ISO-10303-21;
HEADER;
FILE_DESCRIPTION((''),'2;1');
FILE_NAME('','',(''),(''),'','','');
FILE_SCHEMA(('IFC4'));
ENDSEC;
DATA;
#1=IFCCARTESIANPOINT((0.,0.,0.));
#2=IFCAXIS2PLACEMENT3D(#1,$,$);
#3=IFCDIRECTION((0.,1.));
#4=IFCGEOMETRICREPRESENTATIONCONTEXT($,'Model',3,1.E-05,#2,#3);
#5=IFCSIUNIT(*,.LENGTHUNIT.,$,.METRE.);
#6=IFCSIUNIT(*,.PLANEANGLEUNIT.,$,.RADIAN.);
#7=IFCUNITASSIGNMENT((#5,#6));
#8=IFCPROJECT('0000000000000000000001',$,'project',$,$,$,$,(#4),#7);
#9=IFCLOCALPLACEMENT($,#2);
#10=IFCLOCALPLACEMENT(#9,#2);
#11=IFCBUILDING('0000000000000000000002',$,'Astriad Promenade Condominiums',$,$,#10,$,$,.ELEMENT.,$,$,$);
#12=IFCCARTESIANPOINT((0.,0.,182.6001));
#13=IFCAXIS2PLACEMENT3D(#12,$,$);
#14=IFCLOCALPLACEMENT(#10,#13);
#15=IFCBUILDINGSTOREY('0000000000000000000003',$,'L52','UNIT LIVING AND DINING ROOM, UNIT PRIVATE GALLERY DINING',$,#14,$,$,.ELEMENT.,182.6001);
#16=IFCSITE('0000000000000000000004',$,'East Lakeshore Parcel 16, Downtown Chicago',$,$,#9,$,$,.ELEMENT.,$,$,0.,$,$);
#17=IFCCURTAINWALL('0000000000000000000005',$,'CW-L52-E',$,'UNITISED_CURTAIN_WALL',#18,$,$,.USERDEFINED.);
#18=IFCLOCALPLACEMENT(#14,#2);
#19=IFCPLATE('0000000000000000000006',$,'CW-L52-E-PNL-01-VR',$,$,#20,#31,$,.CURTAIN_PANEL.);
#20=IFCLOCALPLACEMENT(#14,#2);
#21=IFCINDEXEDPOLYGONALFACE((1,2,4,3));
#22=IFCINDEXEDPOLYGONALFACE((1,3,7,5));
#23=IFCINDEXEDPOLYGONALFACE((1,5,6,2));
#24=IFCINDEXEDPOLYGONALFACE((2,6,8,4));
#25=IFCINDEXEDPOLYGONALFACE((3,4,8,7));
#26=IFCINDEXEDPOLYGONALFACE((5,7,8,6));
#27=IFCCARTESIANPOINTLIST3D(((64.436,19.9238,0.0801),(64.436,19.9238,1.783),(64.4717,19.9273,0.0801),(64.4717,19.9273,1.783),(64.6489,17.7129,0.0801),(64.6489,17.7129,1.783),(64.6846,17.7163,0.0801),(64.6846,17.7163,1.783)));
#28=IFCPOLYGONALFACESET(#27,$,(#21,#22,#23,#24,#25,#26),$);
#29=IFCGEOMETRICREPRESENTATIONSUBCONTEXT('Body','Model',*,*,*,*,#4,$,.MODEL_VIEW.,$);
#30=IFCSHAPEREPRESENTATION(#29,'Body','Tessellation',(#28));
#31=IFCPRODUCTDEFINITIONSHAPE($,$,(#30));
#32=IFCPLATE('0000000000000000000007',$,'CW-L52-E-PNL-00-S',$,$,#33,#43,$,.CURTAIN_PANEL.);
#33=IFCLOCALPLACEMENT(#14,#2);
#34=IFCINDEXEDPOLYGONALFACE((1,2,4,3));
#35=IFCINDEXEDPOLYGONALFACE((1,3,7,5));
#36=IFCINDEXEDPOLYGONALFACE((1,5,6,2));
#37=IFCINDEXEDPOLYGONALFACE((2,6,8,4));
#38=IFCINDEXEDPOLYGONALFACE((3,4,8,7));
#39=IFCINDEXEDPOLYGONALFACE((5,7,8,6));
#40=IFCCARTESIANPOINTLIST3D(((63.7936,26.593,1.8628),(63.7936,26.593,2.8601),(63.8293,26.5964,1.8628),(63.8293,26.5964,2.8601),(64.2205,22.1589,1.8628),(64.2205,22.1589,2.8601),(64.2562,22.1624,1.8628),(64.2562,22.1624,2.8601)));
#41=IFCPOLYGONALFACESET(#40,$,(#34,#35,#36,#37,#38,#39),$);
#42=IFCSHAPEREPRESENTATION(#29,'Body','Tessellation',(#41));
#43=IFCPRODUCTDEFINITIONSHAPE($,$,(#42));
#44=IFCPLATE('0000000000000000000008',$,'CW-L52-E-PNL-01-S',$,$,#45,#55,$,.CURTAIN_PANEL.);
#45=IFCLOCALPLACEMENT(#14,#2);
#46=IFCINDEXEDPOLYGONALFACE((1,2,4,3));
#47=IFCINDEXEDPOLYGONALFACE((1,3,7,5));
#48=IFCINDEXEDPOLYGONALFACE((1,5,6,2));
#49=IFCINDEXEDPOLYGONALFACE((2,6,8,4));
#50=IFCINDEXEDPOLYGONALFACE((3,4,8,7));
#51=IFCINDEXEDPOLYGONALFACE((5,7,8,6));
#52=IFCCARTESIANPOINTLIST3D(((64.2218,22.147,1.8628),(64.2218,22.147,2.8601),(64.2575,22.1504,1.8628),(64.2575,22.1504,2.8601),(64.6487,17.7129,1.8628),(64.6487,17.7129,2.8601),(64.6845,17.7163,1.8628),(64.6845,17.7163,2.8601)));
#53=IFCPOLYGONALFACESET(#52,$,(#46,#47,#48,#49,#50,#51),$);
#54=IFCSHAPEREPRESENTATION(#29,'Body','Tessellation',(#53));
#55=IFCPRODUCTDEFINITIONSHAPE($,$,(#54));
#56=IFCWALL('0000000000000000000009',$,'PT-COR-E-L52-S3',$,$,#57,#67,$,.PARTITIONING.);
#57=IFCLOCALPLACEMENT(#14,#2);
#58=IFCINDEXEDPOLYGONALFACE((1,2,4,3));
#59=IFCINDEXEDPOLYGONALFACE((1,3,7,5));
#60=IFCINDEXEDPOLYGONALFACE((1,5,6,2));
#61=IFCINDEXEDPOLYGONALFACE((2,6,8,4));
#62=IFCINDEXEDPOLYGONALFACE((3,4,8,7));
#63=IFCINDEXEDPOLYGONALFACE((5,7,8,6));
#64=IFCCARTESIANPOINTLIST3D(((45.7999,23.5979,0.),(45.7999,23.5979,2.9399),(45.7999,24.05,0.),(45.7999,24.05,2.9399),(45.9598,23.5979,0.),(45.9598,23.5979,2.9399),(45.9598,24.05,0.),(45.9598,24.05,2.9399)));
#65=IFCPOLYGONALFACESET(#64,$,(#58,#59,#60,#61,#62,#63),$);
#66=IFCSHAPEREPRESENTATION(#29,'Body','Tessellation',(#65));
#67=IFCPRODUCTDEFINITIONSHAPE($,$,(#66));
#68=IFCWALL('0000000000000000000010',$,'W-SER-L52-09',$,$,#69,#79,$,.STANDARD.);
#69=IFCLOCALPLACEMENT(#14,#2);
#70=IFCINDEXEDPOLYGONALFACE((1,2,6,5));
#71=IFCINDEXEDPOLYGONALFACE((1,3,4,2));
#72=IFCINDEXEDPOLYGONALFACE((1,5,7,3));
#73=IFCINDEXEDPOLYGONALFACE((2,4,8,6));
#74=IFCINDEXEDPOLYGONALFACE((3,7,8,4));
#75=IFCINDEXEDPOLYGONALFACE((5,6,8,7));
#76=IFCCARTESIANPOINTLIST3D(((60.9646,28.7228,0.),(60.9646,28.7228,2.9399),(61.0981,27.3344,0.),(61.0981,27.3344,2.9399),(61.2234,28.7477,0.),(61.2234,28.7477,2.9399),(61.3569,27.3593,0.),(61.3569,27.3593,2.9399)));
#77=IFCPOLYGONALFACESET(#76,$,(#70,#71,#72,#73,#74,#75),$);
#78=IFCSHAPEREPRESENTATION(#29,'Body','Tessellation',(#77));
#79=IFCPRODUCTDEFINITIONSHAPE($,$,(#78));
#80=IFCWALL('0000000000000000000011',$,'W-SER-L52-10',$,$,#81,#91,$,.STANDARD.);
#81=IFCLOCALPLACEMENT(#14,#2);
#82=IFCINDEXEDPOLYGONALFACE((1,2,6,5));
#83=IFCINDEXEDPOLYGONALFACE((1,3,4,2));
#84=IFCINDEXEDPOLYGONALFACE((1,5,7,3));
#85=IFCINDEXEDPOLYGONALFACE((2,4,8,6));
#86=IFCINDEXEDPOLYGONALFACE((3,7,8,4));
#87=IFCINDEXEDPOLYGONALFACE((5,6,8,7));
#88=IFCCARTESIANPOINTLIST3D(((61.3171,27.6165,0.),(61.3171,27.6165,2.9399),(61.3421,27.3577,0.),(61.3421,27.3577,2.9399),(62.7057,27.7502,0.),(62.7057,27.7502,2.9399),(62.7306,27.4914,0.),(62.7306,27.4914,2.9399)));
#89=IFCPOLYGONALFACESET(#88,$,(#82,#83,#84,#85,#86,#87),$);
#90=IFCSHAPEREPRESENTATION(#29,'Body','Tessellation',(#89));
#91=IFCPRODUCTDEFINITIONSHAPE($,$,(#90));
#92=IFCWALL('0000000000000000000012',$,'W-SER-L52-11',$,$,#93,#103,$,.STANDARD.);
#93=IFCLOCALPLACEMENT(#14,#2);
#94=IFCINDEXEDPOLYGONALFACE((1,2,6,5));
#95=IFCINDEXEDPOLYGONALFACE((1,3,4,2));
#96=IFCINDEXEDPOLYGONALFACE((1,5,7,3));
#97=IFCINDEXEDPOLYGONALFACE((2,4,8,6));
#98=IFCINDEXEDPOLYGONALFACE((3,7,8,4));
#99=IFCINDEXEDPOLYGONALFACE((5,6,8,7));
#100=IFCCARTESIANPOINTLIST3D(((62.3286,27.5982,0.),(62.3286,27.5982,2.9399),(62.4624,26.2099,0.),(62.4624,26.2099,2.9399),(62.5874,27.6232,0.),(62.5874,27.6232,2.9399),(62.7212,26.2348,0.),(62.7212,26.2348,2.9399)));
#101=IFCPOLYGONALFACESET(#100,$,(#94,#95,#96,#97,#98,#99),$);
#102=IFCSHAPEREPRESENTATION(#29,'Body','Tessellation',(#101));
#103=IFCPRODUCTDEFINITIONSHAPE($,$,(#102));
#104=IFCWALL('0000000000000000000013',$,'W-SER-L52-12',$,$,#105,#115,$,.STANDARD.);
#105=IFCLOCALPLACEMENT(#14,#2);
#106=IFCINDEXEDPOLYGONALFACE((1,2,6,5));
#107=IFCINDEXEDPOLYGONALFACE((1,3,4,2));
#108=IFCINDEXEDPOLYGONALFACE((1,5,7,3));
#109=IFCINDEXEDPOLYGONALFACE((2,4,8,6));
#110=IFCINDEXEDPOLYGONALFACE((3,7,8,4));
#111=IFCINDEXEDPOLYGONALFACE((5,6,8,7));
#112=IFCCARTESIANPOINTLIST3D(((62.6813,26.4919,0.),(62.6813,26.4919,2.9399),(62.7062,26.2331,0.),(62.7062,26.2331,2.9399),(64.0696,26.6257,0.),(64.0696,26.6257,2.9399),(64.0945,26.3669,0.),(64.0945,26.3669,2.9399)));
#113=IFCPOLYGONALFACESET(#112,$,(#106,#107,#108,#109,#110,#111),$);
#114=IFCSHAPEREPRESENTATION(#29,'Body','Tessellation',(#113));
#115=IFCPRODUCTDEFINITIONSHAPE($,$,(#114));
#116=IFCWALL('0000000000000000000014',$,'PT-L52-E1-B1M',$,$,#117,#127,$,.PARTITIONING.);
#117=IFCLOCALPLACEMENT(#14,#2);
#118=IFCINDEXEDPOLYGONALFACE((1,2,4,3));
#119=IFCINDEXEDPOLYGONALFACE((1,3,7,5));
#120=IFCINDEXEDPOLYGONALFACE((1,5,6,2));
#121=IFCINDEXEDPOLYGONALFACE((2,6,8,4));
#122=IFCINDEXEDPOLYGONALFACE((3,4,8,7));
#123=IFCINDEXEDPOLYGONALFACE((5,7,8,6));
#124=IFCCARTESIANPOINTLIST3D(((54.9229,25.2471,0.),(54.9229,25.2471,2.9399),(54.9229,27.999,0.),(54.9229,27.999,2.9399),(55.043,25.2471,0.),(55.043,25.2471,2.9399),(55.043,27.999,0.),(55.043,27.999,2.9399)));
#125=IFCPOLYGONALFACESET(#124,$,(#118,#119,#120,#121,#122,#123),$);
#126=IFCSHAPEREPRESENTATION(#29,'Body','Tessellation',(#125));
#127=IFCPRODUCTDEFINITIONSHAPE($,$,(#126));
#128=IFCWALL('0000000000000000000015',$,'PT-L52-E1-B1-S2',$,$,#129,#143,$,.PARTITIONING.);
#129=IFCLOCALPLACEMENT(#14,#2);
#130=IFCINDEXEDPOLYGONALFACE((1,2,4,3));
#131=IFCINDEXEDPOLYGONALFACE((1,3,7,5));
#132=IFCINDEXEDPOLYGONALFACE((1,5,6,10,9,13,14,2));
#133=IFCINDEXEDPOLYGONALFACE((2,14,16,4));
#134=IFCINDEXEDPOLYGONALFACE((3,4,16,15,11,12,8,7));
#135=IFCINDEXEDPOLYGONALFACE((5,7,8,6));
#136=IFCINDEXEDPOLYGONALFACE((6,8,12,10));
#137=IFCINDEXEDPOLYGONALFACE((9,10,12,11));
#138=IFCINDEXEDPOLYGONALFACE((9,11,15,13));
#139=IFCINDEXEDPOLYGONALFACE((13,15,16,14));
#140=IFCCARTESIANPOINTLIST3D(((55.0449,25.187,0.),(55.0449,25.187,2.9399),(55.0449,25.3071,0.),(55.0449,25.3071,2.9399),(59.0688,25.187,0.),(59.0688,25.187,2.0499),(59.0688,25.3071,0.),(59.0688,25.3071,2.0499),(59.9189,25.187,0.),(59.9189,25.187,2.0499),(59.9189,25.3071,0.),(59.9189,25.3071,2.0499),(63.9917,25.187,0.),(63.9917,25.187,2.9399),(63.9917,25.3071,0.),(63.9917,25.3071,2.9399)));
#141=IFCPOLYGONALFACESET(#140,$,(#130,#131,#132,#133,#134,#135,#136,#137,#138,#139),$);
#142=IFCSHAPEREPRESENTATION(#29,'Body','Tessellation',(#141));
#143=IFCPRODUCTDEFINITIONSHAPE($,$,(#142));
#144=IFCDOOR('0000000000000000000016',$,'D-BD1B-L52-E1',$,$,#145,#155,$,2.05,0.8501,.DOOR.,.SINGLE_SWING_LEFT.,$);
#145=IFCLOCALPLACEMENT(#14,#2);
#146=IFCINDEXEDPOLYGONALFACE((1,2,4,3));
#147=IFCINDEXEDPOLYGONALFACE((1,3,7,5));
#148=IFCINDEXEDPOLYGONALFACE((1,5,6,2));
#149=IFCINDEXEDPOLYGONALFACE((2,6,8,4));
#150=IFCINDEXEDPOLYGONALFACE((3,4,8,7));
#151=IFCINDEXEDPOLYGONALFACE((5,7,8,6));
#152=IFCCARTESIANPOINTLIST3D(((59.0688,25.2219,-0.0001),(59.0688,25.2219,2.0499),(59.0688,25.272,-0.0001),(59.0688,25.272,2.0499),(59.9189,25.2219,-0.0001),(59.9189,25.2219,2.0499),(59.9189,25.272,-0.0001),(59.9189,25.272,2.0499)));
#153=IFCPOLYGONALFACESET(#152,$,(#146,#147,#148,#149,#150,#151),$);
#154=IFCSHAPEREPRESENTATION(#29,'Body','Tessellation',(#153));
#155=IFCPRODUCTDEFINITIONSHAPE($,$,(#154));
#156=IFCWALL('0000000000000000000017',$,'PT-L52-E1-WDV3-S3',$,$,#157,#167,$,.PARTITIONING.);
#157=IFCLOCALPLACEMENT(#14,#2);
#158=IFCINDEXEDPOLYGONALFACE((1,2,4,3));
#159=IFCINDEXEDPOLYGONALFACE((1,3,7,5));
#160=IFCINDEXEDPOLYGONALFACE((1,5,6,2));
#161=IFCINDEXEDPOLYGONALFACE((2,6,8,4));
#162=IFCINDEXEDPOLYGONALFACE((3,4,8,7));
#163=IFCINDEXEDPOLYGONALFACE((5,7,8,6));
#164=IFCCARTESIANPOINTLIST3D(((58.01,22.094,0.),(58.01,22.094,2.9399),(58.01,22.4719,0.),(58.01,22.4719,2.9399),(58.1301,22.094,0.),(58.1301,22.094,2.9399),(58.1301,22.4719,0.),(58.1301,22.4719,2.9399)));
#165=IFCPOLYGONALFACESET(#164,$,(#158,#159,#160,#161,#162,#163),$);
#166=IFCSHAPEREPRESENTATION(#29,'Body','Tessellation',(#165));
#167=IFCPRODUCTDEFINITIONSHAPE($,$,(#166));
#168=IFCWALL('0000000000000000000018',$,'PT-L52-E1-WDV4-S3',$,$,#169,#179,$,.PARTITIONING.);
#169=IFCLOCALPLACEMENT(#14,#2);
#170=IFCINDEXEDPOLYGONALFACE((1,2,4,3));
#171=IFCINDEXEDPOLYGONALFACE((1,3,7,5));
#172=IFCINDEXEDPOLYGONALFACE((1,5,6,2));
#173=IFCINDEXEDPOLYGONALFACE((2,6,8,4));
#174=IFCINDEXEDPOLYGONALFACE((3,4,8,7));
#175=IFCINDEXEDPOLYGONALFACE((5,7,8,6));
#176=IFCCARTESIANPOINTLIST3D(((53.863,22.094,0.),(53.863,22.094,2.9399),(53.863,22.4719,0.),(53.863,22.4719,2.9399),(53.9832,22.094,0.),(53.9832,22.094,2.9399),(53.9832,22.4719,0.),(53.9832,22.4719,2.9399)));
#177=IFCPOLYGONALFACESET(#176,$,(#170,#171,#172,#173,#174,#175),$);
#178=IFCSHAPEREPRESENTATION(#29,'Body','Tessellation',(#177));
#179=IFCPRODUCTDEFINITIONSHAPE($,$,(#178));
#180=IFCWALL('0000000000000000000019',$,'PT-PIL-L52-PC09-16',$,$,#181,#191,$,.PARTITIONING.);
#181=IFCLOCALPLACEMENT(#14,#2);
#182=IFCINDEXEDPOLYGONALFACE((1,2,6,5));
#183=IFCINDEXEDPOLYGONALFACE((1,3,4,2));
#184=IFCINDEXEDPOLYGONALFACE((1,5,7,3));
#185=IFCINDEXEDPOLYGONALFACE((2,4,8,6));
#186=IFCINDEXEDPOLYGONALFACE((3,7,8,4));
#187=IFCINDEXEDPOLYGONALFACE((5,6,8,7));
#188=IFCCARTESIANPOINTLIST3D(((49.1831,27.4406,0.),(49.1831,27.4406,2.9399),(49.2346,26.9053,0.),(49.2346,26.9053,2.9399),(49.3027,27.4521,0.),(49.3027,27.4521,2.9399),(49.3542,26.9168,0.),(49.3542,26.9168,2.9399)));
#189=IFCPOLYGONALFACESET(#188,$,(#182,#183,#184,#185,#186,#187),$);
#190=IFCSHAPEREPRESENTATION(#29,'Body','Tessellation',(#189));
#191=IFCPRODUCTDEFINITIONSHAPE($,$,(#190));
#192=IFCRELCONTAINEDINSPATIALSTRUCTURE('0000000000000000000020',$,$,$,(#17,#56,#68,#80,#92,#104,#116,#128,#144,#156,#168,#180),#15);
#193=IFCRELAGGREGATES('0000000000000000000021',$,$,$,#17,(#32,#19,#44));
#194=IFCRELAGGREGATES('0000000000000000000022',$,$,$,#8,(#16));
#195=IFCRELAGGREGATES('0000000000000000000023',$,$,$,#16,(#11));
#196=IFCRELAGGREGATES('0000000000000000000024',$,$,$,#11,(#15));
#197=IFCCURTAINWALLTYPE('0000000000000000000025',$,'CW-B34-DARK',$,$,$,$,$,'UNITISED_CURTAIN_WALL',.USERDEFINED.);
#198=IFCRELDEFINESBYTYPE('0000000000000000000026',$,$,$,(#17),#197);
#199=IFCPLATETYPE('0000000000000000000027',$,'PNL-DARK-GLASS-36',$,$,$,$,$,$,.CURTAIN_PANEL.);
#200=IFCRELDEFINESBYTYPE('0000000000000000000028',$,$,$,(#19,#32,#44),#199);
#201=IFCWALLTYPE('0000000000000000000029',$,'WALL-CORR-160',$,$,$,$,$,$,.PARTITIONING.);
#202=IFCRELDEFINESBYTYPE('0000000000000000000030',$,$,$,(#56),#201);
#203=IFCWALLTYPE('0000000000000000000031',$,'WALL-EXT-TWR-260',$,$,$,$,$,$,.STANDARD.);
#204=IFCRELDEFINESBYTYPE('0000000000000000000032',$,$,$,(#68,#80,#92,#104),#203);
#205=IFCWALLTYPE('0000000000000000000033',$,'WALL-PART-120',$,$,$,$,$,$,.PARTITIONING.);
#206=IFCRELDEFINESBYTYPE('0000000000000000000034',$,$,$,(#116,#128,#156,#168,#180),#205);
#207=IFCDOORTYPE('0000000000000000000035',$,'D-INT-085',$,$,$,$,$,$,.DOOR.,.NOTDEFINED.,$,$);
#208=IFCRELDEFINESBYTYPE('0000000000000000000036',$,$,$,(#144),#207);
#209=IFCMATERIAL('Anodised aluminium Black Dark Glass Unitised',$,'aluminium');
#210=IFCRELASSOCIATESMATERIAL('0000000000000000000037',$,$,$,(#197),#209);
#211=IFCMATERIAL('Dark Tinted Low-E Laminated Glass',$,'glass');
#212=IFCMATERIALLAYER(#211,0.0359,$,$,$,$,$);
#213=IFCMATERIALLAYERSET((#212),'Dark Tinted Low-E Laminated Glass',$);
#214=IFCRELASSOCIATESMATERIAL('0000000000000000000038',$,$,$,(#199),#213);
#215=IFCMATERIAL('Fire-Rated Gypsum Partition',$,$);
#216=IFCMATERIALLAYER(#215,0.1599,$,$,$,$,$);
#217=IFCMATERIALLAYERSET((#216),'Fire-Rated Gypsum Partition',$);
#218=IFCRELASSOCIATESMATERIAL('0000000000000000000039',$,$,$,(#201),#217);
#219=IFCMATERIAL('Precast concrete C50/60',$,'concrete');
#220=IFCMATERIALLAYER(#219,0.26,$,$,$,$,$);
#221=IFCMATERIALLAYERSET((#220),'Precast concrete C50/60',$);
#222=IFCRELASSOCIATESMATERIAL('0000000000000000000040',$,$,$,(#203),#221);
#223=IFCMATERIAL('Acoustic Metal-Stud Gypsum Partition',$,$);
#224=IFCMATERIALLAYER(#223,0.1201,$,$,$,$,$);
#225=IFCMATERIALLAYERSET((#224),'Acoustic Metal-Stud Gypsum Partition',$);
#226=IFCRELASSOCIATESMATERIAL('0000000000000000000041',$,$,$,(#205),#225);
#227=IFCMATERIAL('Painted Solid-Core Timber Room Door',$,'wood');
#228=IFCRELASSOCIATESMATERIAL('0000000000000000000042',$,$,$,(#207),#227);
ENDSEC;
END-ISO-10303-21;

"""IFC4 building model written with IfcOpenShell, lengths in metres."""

from ifc_helpers import new_model, si_unit, direction, frame, frame_2d, origin, origin_2d, place, context, subcontext, project, spatial, rectangle, extrude, source, transform, mapped, material, layer, layer_set, type_object, type_shapes, element, fill, aggregate, save


model = new_model("IFC4")

# Units and contexts
model_context = context("Model", 3, precision=1e-05, world=origin(), true_north=direction((0.0, 1.0)))
body_context = subcontext(model_context, "Body", "Model", "MODEL_VIEW")
ifc_project = project(units=[si_unit("LENGTHUNIT", "METRE"), si_unit("PLANEANGLEUNIT", "RADIAN")], contexts=[model_context])

# Site, building, storey
site_placement = place(None, origin())
site = spatial("IfcSite", under=ifc_project, at=site_placement, Name="East Lakeshore Parcel 16, Downtown Chicago", CompositionType="ELEMENT", RefElevation=0.0)
building_placement = place(site_placement, origin())
building = spatial("IfcBuilding", under=site, at=building_placement, Name="Astriad Promenade Condominiums", CompositionType="ELEMENT")
storey_placement = place(building_placement, frame((0.0, 0.0, 182.6001)))
storey = spatial("IfcBuildingStorey", under=building, at=storey_placement, Name="L52", Description="UNIT LIVING AND DINING ROOM, UNIT PRIVATE GALLERY DINING", CompositionType="ELEMENT", Elevation=182.6001)

# Curtain wall, plates
ifc_material_1 = material(Name="Anodised aluminium Black Dark Glass Unitised", Category="aluminium")
curtain_wall_type = type_object("IfcCurtainWallType", Name="CW-B34-DARK", ElementType="UNITISED_CURTAIN_WALL", PredefinedType="USERDEFINED", material=ifc_material_1)
curtain_wall_placement = place(storey_placement, origin())
curtain_wall = element("IfcCurtainWall", 1, at=curtain_wall_placement, inside=storey, type_object=curtain_wall_type, Name="CW-L52-E", ObjectType="UNITISED_CURTAIN_WALL", PredefinedType="USERDEFINED")
ifc_material_2 = material(Name="Dark Tinted Low-E Laminated Glass", Category="glass")
ifc_layer_1 = layer(ifc_material_2, 0.0359)
ifc_layer_set_1 = layer_set([ifc_layer_1], Name="Dark Tinted Low-E Laminated Glass")
plate_type = type_object("IfcPlateType", Name="PNL-DARK-GLASS-36", PredefinedType="CURTAIN_PANEL", material=ifc_layer_set_1)
shared_shape_1 = source(origin(), body_context, "Body", "SweptSolid", [
    extrude(rectangle(XDim=2.2212, YDim=0.0359, at=origin_2d()), origin(), (0.0, 0.0, 1.0), 1.7029),
])
plate_1_placement = place(storey_placement, frame((64.5603, 18.8201, 0.0801), z_axis=(0.0, 0.0, 1.0), x_axis=(0.095846, -0.995396, 0.0)))
plate_1 = element("IfcPlate", 2, at=plate_1_placement, type_object=plate_type, Name="CW-L52-E-PNL-01-VR", PredefinedType="CURTAIN_PANEL", context=body_context, shape_type="MappedRepresentation", body=[
    mapped(shared_shape_1, transform((0.0, 0.0, 0.0), scale=1.0)),
])
shared_shape_2 = source(origin(), body_context, "Body", "SweptSolid", [
    extrude(rectangle(XDim=4.4546, YDim=0.0359, at=origin_2d()), origin(), (0.0, 0.0, 1.0), 0.9973),
])
type_shapes(plate_type, [shared_shape_1, shared_shape_2])
plate_2_placement = place(storey_placement, frame((64.0249, 24.3777, 1.8628), z_axis=(0.0, 0.0, 1.0), x_axis=(0.095846, -0.995396, 0.0)))
plate_2 = element("IfcPlate", 3, at=plate_2_placement, type_object=plate_type, Name="CW-L52-E-PNL-00-S", PredefinedType="CURTAIN_PANEL", context=body_context, shape_type="MappedRepresentation", body=[
    mapped(shared_shape_2, transform((0.0, 0.0, 0.0), scale=1.0)),
])
plate_3_placement = place(storey_placement, frame((64.4531, 19.9316, 1.8628), z_axis=(0.0, 0.0, 1.0), x_axis=(0.095846, -0.995396, 0.0)))
plate_3 = element("IfcPlate", 4, at=plate_3_placement, type_object=plate_type, Name="CW-L52-E-PNL-01-S", PredefinedType="CURTAIN_PANEL", context=body_context, shape_type="MappedRepresentation", body=[
    mapped(shared_shape_2, transform((0.0, 0.0, 0.0), scale=1.0)),
])
aggregate(curtain_wall, [plate_2, plate_1, plate_3])

# Walls
ifc_material_3 = material(Name="Fire-Rated Gypsum Partition")
ifc_layer_2 = layer(ifc_material_3, 0.1599)
ifc_layer_set_2 = layer_set([ifc_layer_2], Name="Fire-Rated Gypsum Partition")
wall_type_1 = type_object("IfcWallType", Name="WALL-CORR-160", PredefinedType="PARTITIONING", material=ifc_layer_set_2)
wall_1_placement = place(storey_placement, frame((45.8799, 23.5979, 0.0), z_axis=(0.0, 0.0, 1.0), x_axis=(0.0, 1.0, 0.0)))
element("IfcWall", 5, at=wall_1_placement, inside=storey, type_object=wall_type_1, Name="PT-COR-E-L52-S3", PredefinedType="PARTITIONING", context=body_context, shape_type="SweptSolid", body=[
    extrude(rectangle(XDim=0.4521, YDim=0.1599, at=frame_2d((0.2261, 0.0))), origin(), (0.0, 0.0, 1.0), 2.9399),
])
ifc_material_4 = material(Name="Precast concrete C50/60", Category="concrete")
ifc_layer_3 = layer(ifc_material_4, 0.26)
ifc_layer_set_3 = layer_set([ifc_layer_3], Name="Precast concrete C50/60")
wall_type_2 = type_object("IfcWallType", Name="WALL-EXT-TWR-260", PredefinedType="STANDARD", material=ifc_layer_set_3)
wall_2_placement = place(storey_placement, frame((61.094, 28.7351, 0.0), z_axis=(0.0, 0.0, 1.0), x_axis=(0.095742, -0.995406, 0.0)))
element("IfcWall", 6, at=wall_2_placement, inside=storey, type_object=wall_type_2, Name="W-SER-L52-09", PredefinedType="STANDARD", context=body_context, shape_type="SweptSolid", body=[
    extrude(rectangle(XDim=1.3948, YDim=0.26, at=frame_2d((0.6973, 0.0))), origin(), (0.0, 0.0, 1.0), 2.9399),
])
wall_3_placement = place(storey_placement, frame((61.3296, 27.4871, 0.0), z_axis=(0.0, 0.0, 1.0), x_axis=(0.995391, 0.095899, 0.0)))
element("IfcWall", 7, at=wall_3_placement, inside=storey, type_object=wall_type_2, Name="W-SER-L52-10", PredefinedType="STANDARD", context=body_context, shape_type="SweptSolid", body=[
    extrude(rectangle(XDim=1.395, YDim=0.26, at=frame_2d((0.6975, 0.0))), origin(), (0.0, 0.0, 1.0), 2.9399),
])
for number, where, z_axis, x_axis, name in (
    (8, (62.458, 27.6106, 0.0), (0.0, 0.0, 1.0), (0.095916, -0.995389, 0.0), "W-SER-L52-11"),
    (9, (62.6938, 26.3625, 0.0), (0.0, 0.0, 1.0), (0.995389, 0.095916, 0.0), "W-SER-L52-12"),
):
    element("IfcWall", number, at=place(storey_placement, frame(where, z_axis=z_axis, x_axis=x_axis)), inside=storey, type_object=wall_type_2, Name=name, PredefinedType="STANDARD", context=body_context, shape_type="SweptSolid", body=[
        extrude(rectangle(XDim=1.3948, YDim=0.26, at=frame_2d((0.6973, 0.0))), origin(), (0.0, 0.0, 1.0), 2.9399),
    ])
ifc_material_5 = material(Name="Acoustic Metal-Stud Gypsum Partition")
ifc_layer_4 = layer(ifc_material_5, 0.1201)
ifc_layer_set_4 = layer_set([ifc_layer_4], Name="Acoustic Metal-Stud Gypsum Partition")
wall_type_3 = type_object("IfcWallType", Name="WALL-PART-120", PredefinedType="PARTITIONING", material=ifc_layer_set_4)
wall_4_placement = place(storey_placement, frame((54.9829, 25.2471, 0.0), z_axis=(0.0, 0.0, 1.0), x_axis=(0.0, 1.0, 0.0)))
element("IfcWall", 10, at=wall_4_placement, inside=storey, type_object=wall_type_3, Name="PT-L52-E1-B1M", PredefinedType="PARTITIONING", context=body_context, shape_type="SweptSolid", body=[
    extrude(rectangle(XDim=2.752, YDim=0.1201, at=frame_2d((1.376, 0.0))), origin(), (0.0, 0.0, 1.0), 2.9399),
])

# Wall, opening, door
wall_5_placement = place(storey_placement, frame((55.0449, 25.2471, 0.0), z_axis=(0.0, 0.0, 1.0), x_axis=(1.0, 0.0, 0.0)))
wall_5 = element("IfcWall", 11, at=wall_5_placement, inside=storey, type_object=wall_type_3, Name="PT-L52-E1-B1-S2", PredefinedType="PARTITIONING", context=body_context, shape_type="SweptSolid", body=[
    extrude(rectangle(XDim=8.9468, YDim=0.1201, at=frame_2d((4.4734, 0.0))), origin(), (0.0, 0.0, 1.0), 2.9399),
])
opening_placement = place(wall_5_placement, frame((4.0239, 0.0, 0.0)))
opening = element("IfcOpeningElement", 12, at=opening_placement, cuts=wall_5, PredefinedType="OPENING", context=body_context, shape_type="SweptSolid", body=[
    extrude(rectangle(XDim=0.8501, YDim=2.05, at=frame_2d((0.425, 1.0249))), frame((0.0, 0.0701, 0.0), z_axis=(0.0, -1.0, 0.0), x_axis=(1.0, 0.0, 0.0)), (0.0, 0.0, 1.0), 0.1401),
])
ifc_material_6 = material(Name="Painted Solid-Core Timber Room Door", Category="wood")
door_type = type_object("IfcDoorType", Name="D-INT-085", OperationType="NOTDEFINED", PredefinedType="DOOR", material=ifc_material_6)
shared_shape_3 = source(origin(), body_context, "Body", "SweptSolid", [
    extrude(rectangle(XDim=0.8501, YDim=2.05, at=frame_2d((0.425, 1.0249))), frame((0.0, 0.0249, 0.0), z_axis=(0.0, -1.0, 0.0), x_axis=(1.0, 0.0, 0.0)), (0.0, 0.0, 1.0), 0.05),
])
type_shapes(door_type, [shared_shape_3])
door_placement = place(opening_placement, origin())
door = element("IfcDoor", 13, at=door_placement, inside=storey, type_object=door_type, Name="D-BD1B-L52-E1", OperationType="SINGLE_SWING_LEFT", OverallHeight=2.05, OverallWidth=0.8501, PredefinedType="DOOR", context=body_context, shape_type="MappedRepresentation", body=[
    mapped(shared_shape_3, transform((0.0, 0.0, 0.0), scale=1.0)),
])
fill(opening, door)

# Walls
for number, where, z_axis, x_axis, name in (
    (14, (58.0701, 22.094, 0.0), (0.0, 0.0, 1.0), (0.0, 1.0, 0.0), "PT-L52-E1-WDV3-S3"),
    (15, (53.9231, 22.094, 0.0), (0.0, 0.0, 1.0), (0.0, 1.0, 0.0), "PT-L52-E1-WDV4-S3"),
):
    element("IfcWall", number, at=place(storey_placement, frame(where, z_axis=z_axis, x_axis=x_axis)), inside=storey, type_object=wall_type_3, Name=name, PredefinedType="PARTITIONING", context=body_context, shape_type="SweptSolid", body=[
        extrude(rectangle(XDim=0.3779, YDim=0.1201, at=frame_2d((0.189, 0.0))), origin(), (0.0, 0.0, 1.0), 2.9399),
    ])
wall_6_placement = place(storey_placement, frame((49.2944, 26.9109, 0.0), z_axis=(0.0, 0.0, 1.0), x_axis=(-0.095773, 0.995403, 0.0)))
element("IfcWall", 16, at=wall_6_placement, inside=storey, type_object=wall_type_3, Name="PT-PIL-L52-PC09-16", PredefinedType="PARTITIONING", context=body_context, shape_type="SweptSolid", body=[
    extrude(rectangle(XDim=0.5378, YDim=0.1201, at=frame_2d((0.269, 0.0))), origin(), (0.0, 0.0, 1.0), 2.9399),
])

save(model, "model.ifc")
